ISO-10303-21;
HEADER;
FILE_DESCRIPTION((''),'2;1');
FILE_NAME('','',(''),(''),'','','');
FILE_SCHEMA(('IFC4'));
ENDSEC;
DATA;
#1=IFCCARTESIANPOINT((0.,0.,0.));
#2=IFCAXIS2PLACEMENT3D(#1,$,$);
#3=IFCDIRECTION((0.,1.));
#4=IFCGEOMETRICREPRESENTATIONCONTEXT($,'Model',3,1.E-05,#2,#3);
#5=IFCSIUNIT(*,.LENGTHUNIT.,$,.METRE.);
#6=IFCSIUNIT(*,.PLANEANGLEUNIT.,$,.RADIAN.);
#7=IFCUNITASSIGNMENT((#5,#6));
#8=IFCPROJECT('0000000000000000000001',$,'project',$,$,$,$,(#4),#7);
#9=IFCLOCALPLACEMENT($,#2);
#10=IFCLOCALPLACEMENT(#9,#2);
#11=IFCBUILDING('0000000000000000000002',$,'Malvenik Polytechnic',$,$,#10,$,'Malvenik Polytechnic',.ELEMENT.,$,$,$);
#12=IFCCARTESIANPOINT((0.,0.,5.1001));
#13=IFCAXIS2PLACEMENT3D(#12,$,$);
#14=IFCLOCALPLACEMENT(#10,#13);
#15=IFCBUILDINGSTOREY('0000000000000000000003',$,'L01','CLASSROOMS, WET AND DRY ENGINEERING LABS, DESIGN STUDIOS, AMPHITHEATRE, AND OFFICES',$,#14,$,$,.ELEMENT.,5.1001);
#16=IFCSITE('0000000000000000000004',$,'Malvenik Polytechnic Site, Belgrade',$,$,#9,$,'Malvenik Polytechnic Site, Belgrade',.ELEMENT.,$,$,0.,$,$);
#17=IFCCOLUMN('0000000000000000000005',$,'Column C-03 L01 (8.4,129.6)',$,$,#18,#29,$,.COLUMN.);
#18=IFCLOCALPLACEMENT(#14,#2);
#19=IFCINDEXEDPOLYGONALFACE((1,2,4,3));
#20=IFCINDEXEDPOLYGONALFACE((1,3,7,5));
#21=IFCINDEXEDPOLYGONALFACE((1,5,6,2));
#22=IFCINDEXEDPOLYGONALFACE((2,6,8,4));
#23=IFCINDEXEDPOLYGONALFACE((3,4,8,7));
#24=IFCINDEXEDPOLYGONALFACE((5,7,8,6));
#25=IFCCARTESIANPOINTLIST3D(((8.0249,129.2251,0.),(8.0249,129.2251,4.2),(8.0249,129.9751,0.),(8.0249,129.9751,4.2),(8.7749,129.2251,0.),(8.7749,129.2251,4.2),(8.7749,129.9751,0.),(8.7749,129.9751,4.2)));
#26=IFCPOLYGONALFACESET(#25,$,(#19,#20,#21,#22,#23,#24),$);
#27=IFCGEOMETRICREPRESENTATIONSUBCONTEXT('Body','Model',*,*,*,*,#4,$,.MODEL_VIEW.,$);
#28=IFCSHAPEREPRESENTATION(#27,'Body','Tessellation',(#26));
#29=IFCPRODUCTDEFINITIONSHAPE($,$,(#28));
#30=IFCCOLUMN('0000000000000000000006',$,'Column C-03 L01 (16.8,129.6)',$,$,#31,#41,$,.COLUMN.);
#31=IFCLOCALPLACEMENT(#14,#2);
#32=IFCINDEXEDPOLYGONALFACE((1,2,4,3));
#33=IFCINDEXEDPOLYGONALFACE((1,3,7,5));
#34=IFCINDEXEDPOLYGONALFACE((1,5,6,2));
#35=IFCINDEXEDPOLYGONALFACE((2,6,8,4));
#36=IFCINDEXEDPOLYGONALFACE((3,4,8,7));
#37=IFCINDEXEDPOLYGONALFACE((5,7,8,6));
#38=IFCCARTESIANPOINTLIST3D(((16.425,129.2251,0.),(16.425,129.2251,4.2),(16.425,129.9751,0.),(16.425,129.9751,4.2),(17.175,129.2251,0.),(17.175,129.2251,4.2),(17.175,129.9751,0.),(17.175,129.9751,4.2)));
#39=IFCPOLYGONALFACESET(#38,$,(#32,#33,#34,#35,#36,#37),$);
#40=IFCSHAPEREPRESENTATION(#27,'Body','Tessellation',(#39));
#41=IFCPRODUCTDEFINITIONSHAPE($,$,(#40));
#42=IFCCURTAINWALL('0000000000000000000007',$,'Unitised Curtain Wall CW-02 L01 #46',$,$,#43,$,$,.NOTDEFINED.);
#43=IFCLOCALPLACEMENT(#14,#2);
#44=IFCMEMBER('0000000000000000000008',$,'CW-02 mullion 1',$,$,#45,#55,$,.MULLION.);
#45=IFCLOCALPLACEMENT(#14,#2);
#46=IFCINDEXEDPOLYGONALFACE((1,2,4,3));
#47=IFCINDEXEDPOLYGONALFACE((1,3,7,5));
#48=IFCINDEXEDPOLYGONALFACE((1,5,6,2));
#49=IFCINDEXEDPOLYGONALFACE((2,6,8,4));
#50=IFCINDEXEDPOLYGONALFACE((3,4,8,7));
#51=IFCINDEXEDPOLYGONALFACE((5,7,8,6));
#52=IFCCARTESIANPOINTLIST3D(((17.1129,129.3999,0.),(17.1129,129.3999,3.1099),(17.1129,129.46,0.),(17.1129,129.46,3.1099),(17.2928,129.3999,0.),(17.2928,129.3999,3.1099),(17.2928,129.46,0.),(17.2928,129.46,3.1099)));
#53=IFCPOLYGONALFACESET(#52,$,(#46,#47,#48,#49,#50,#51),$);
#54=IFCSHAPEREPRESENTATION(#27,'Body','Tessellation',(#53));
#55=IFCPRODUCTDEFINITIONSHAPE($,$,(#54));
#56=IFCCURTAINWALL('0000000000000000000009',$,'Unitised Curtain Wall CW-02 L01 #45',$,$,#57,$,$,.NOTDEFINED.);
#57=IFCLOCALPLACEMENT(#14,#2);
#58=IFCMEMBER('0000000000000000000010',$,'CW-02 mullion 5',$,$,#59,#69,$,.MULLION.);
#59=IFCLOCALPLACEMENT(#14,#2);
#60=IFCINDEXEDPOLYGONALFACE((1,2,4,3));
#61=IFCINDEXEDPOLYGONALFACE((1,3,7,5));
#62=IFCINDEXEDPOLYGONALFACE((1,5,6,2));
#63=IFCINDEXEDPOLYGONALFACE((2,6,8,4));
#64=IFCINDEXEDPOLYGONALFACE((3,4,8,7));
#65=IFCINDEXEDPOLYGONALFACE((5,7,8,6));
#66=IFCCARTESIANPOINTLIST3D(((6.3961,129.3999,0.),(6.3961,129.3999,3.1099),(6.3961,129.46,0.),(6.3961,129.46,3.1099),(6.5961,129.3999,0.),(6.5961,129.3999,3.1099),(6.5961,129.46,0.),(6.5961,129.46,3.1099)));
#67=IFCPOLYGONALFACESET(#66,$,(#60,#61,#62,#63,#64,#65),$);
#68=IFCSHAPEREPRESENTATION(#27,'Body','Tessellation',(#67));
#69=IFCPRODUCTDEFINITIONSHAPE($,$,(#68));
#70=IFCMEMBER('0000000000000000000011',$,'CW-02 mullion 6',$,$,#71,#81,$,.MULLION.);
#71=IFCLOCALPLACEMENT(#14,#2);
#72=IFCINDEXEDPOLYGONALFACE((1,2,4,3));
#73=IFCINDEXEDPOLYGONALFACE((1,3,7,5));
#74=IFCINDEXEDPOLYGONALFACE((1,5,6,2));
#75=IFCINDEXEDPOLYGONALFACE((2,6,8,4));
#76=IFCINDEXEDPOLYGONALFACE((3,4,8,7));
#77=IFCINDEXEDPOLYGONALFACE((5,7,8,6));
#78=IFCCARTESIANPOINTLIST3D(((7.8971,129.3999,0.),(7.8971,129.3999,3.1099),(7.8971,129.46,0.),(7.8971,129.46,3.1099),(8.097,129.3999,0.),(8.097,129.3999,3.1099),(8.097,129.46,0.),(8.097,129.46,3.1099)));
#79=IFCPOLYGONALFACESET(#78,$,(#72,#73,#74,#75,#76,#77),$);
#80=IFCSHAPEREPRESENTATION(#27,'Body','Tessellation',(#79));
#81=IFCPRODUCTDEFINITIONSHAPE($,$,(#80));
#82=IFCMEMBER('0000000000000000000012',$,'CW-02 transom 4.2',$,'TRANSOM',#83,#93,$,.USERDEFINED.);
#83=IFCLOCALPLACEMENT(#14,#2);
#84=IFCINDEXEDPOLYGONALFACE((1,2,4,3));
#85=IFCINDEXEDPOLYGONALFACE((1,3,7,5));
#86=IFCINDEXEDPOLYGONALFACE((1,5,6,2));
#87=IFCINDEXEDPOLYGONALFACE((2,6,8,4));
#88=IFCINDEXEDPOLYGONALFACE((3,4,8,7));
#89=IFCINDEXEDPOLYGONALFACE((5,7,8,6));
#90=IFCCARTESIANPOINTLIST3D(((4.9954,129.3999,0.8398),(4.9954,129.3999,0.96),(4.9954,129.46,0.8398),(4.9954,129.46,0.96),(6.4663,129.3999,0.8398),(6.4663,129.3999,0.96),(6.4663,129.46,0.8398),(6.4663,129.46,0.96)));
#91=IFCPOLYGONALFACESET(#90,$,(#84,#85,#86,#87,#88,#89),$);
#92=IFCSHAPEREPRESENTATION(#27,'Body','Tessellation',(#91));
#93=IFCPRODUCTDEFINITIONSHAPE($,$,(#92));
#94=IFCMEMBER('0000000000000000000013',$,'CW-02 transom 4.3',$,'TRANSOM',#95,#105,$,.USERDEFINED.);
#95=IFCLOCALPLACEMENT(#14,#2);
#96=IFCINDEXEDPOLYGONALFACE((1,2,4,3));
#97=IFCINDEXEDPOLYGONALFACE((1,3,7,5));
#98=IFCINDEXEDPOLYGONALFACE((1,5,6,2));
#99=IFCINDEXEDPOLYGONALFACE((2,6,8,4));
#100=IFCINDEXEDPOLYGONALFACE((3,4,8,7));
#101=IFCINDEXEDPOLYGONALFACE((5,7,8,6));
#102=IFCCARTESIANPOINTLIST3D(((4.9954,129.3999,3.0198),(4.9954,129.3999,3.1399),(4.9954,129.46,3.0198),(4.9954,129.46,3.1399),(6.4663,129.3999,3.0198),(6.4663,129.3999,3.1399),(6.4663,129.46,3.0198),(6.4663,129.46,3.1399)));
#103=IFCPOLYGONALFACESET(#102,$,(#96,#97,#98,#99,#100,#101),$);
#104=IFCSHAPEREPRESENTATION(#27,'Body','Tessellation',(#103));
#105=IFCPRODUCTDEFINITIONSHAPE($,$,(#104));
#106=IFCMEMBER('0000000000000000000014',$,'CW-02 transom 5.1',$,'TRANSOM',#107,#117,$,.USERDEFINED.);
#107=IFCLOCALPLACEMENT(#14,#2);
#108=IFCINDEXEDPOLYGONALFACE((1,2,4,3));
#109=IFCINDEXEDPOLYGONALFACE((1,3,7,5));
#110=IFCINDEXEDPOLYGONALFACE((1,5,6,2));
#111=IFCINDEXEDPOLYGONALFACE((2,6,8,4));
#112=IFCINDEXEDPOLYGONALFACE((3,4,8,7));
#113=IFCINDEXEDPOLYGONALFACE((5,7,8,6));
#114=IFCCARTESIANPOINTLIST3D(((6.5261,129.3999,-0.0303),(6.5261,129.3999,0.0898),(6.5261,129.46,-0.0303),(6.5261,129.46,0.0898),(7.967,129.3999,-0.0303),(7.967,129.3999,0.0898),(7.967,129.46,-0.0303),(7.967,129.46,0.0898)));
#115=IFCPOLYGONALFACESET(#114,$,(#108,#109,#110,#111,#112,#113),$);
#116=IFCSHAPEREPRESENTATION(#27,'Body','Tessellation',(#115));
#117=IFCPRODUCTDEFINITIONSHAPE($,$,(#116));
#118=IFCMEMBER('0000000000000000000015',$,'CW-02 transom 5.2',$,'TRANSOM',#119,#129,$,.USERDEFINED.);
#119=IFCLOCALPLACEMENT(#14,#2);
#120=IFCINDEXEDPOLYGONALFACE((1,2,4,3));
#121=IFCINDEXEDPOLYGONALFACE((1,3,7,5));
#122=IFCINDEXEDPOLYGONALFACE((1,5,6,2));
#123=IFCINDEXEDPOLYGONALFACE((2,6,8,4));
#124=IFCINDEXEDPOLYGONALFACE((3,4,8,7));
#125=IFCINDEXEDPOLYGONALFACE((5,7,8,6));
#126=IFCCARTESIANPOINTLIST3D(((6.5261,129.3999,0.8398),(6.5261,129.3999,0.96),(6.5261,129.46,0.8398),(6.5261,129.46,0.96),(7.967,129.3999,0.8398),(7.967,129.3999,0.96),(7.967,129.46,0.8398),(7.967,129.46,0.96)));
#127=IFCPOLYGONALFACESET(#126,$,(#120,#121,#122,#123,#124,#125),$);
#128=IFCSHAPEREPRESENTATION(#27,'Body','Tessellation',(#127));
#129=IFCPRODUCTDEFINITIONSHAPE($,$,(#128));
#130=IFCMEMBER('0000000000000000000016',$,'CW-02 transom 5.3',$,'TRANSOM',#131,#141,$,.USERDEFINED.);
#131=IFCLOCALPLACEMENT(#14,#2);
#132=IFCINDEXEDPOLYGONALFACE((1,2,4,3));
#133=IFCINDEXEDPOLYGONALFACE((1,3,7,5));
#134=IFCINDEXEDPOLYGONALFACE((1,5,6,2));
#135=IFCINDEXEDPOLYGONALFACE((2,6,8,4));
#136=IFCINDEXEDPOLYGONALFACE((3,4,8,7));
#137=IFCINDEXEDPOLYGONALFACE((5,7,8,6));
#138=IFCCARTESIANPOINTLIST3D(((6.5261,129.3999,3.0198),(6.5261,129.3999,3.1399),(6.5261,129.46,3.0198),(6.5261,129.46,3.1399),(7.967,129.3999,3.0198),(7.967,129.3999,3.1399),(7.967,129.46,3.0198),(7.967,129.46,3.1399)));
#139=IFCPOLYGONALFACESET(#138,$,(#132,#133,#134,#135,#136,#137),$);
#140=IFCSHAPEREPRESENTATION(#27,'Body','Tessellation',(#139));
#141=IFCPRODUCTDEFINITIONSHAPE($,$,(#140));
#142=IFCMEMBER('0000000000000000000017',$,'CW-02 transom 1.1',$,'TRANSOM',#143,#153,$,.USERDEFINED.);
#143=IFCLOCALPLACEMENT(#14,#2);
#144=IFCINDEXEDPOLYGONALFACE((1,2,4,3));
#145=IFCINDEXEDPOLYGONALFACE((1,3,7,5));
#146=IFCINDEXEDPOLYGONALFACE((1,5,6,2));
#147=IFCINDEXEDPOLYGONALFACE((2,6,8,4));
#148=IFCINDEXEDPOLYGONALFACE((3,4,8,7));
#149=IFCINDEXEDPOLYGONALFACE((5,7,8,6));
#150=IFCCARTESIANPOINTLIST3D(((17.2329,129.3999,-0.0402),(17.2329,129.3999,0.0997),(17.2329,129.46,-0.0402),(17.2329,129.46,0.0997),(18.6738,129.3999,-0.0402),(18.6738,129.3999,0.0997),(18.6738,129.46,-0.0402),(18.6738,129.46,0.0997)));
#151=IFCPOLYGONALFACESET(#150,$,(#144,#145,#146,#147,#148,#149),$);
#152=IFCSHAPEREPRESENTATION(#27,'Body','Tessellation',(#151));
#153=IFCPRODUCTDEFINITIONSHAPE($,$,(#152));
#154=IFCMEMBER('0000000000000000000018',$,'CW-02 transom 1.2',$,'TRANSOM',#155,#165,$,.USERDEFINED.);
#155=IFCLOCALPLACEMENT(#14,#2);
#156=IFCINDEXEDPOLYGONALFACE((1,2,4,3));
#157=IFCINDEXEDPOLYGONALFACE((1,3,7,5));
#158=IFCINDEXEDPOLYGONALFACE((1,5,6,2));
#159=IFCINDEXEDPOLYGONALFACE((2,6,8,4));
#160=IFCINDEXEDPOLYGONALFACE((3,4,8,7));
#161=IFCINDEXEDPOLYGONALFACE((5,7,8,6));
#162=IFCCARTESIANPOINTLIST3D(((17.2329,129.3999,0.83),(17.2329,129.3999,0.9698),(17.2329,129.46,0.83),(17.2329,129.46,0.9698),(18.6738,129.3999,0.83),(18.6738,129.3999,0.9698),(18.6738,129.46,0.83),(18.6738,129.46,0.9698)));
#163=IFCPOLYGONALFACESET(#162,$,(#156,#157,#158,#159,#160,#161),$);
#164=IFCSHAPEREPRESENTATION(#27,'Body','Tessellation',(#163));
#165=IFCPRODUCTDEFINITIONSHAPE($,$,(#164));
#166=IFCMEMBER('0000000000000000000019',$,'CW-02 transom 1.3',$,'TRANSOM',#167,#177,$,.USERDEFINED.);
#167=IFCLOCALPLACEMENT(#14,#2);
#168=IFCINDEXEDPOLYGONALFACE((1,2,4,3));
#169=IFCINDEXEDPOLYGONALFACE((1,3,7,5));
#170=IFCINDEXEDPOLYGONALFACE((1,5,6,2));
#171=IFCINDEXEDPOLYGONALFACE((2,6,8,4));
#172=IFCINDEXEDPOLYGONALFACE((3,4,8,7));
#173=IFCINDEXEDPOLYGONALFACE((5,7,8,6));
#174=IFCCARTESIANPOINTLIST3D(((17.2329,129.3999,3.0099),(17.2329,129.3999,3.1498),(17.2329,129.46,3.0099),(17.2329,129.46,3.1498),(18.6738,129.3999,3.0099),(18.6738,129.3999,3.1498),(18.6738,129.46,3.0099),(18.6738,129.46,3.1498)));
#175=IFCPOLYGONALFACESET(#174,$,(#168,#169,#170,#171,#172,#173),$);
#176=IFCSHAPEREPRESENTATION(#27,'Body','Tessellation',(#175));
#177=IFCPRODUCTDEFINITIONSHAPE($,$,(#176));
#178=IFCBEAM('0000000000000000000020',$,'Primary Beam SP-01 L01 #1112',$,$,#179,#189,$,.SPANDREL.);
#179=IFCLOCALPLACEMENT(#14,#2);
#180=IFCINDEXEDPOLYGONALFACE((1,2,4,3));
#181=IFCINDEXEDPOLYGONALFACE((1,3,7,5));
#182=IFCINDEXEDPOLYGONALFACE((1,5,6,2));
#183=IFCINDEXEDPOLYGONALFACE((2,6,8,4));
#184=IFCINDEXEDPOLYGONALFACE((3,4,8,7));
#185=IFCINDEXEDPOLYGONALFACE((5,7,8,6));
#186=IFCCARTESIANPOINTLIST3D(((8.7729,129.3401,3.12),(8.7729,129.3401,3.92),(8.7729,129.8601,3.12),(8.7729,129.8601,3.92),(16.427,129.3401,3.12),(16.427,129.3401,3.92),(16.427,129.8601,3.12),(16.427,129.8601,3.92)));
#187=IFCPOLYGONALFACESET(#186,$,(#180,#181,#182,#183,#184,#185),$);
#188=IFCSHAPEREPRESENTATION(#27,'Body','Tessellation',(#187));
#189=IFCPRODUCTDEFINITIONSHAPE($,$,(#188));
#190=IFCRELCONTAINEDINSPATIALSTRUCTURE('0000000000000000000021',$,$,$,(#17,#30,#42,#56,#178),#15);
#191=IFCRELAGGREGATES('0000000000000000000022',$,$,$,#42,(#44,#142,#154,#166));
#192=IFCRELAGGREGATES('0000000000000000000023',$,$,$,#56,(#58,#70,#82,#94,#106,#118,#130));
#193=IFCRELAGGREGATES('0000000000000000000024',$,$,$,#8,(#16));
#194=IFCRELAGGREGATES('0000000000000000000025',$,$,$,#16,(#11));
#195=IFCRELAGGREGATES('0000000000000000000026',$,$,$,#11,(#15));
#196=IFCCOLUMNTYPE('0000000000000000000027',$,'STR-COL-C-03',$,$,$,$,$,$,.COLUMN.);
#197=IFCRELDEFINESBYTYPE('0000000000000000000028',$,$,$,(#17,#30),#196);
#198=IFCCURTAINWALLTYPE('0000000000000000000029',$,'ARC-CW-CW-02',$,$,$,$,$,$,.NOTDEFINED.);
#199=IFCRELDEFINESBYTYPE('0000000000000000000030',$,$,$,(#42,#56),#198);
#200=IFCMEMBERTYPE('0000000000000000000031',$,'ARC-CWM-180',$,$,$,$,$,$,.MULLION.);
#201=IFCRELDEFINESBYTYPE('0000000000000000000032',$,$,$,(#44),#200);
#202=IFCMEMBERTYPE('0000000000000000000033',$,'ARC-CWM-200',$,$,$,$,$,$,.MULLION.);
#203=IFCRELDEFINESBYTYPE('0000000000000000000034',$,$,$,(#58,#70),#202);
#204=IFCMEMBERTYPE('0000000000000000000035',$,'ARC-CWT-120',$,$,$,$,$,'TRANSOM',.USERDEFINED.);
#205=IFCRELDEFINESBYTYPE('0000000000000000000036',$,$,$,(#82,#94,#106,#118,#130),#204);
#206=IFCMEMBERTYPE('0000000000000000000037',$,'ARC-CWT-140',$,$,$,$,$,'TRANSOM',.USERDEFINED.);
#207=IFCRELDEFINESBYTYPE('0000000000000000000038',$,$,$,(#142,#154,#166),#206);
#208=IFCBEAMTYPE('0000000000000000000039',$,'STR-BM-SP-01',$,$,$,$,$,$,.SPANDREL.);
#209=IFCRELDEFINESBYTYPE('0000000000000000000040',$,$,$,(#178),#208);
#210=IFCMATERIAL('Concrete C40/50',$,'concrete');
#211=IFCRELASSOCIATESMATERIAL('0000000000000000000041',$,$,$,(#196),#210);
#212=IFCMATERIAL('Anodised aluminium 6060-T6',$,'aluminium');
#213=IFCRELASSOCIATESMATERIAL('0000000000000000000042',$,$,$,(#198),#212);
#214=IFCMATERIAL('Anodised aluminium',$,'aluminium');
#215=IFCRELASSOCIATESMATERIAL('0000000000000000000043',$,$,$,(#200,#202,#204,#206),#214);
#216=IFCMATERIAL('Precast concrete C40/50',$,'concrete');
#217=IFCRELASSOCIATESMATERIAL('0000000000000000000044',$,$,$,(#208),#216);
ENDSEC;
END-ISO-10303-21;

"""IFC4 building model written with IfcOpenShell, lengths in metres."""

from ifc_helpers import new_model, si_unit, direction, frame, origin, origin_2d, place, context, subcontext, project, spatial, rectangle, extrude, material, material_profile, profile_set, type_object, element, aggregate, save


model = new_model("IFC4")

# Units and contexts
model_context = context("Model", 3, precision=1e-05, world=origin(), true_north=direction((0.0, 1.0)))
body_context = subcontext(model_context, "Body", "Model", "MODEL_VIEW")
ifc_project = project(units=[si_unit("LENGTHUNIT", "METRE"), si_unit("PLANEANGLEUNIT", "RADIAN")], contexts=[model_context])

# Site, building, storey
site_placement = place(None, origin())
site = spatial("IfcSite", under=ifc_project, at=site_placement, Name="Malvenik Polytechnic Site, Belgrade", LongName="Malvenik Polytechnic Site, Belgrade", CompositionType="ELEMENT", RefElevation=0.0)
building_placement = place(site_placement, origin())
building = spatial("IfcBuilding", under=site, at=building_placement, Name="Malvenik Polytechnic", LongName="Malvenik Polytechnic", CompositionType="ELEMENT")
storey_placement = place(building_placement, frame((0.0, 0.0, 5.1001)))
storey = spatial("IfcBuildingStorey", under=building, at=storey_placement, Name="L01", Description="CLASSROOMS, WET AND DRY ENGINEERING LABS, DESIGN STUDIOS, AMPHITHEATRE, AND OFFICES", CompositionType="ELEMENT", Elevation=5.1001)

# Columns
ifc_material_1 = material(Name="Concrete C40/50", Category="concrete")
ifc_material_profile_1 = material_profile(ifc_material_1, rectangle(XDim=0.75, YDim=0.75, at=origin_2d()), Name="RC COL 750x750")
ifc_profile_set_1 = profile_set([ifc_material_profile_1], Name="Concrete C40/50")
column_type = type_object("IfcColumnType", Name="STR-COL-C-03", PredefinedType="COLUMN", material=ifc_profile_set_1)
for number, where, z_axis, x_axis, name in (
    (1, (8.3999, 129.6001, 0.0), (0.0, 0.0, 1.0), (1.0, 0.0, 0.0), "Column C-03 L01 (8.4,129.6)"),
    (2, (16.8, 129.6001, 0.0), (0.0, 0.0, 1.0), (1.0, 0.0, 0.0), "Column C-03 L01 (16.8,129.6)"),
):
    element("IfcColumn", number, at=place(storey_placement, frame(where, z_axis=z_axis, x_axis=x_axis)), inside=storey, type_object=column_type, Name=name, PredefinedType="COLUMN", context=body_context, shape_type="SweptSolid", body=[
        extrude(rectangle(XDim=0.75, YDim=0.75, at=origin_2d()), origin(), (0.0, 0.0, 1.0), 4.2),
    ])

# Curtain wall, member
ifc_material_2 = material(Name="Anodised aluminium 6060-T6", Category="aluminium")
curtain_wall_type = type_object("IfcCurtainWallType", Name="ARC-CW-CW-02", PredefinedType="NOTDEFINED", material=ifc_material_2)
curtain_wall_1_placement = place(storey_placement, origin())
curtain_wall_1 = element("IfcCurtainWall", 3, at=curtain_wall_1_placement, inside=storey, type_object=curtain_wall_type, Name="Unitised Curtain Wall CW-02 L01 #46", PredefinedType="NOTDEFINED")
ifc_material_3 = material(Name="Anodised aluminium", Category="aluminium")
ifc_material_profile_2 = material_profile(ifc_material_3, rectangle(XDim=0.0601, YDim=0.1799, at=origin_2d()), Name="ALU MULLION 60x180")
ifc_profile_set_2 = profile_set([ifc_material_profile_2], Name="Anodised aluminium")
member_type_1 = type_object("IfcMemberType", Name="ARC-CWM-180", PredefinedType="MULLION", material=ifc_profile_set_2)
member_1_placement = place(storey_placement, frame((17.2029, 129.4299, 0.0), z_axis=(0.0, 0.0, 1.0), x_axis=(0.0, 1.0, 0.0)))
member_1 = element("IfcMember", 4, at=member_1_placement, type_object=member_type_1, Name="CW-02 mullion 1", PredefinedType="MULLION", context=body_context, shape_type="SweptSolid", body=[
    extrude(rectangle(XDim=0.0601, YDim=0.1799, at=origin_2d()), origin(), (0.0, 0.0, 1.0), 3.1099),
])

# Curtain wall, members
curtain_wall_2_placement = place(storey_placement, origin())
curtain_wall_2 = element("IfcCurtainWall", 5, at=curtain_wall_2_placement, inside=storey, type_object=curtain_wall_type, Name="Unitised Curtain Wall CW-02 L01 #45", PredefinedType="NOTDEFINED")
ifc_material_profile_3 = material_profile(ifc_material_3, rectangle(XDim=0.0601, YDim=0.2, at=origin_2d()), Name="ALU MULLION 60x200")
ifc_profile_set_3 = profile_set([ifc_material_profile_3], Name="Anodised aluminium")
member_type_2 = type_object("IfcMemberType", Name="ARC-CWM-200", PredefinedType="MULLION", material=ifc_profile_set_3)
member_2_placement = place(storey_placement, frame((6.4961, 129.4299, 0.0), z_axis=(0.0, 0.0, 1.0), x_axis=(0.0, 1.0, 0.0)))
member_2 = element("IfcMember", 6, at=member_2_placement, type_object=member_type_2, Name="CW-02 mullion 5", PredefinedType="MULLION", context=body_context, shape_type="SweptSolid", body=[
    extrude(rectangle(XDim=0.0601, YDim=0.2, at=origin_2d()), origin(), (0.0, 0.0, 1.0), 3.1099),
])
member_3_placement = place(storey_placement, frame((7.9971, 129.4299, 0.0), z_axis=(0.0, 0.0, 1.0), x_axis=(0.0, 1.0, 0.0)))
member_3 = element("IfcMember", 7, at=member_3_placement, type_object=member_type_2, Name="CW-02 mullion 6", PredefinedType="MULLION", context=body_context, shape_type="SweptSolid", body=[
    extrude(rectangle(XDim=0.0601, YDim=0.2, at=origin_2d()), origin(), (0.0, 0.0, 1.0), 3.1099),
])
ifc_material_profile_4 = material_profile(ifc_material_3, rectangle(XDim=0.0601, YDim=0.1201, at=origin_2d()), Name="ALU TRANSOM 60x120")
ifc_profile_set_4 = profile_set([ifc_material_profile_4], Name="Anodised aluminium")
member_type_3 = type_object("IfcMemberType", Name="ARC-CWT-120", ElementType="TRANSOM", PredefinedType="USERDEFINED", material=ifc_profile_set_4)
member_4_placement = place(storey_placement, frame((4.9954, 129.4299, 0.8999), z_axis=(1.0, 0.0, 0.0), x_axis=(0.0, 1.0, 0.0)))
member_4 = element("IfcMember", 8, at=member_4_placement, type_object=member_type_3, Name="CW-02 transom 4.2", ObjectType="TRANSOM", PredefinedType="USERDEFINED", context=body_context, shape_type="SweptSolid", body=[
    extrude(rectangle(XDim=0.0601, YDim=0.1201, at=origin_2d()), origin(), (0.0, 0.0, 1.0), 1.4709),
])
member_5_placement = place(storey_placement, frame((4.9954, 129.4299, 3.0798), z_axis=(1.0, 0.0, 0.0), x_axis=(0.0, 1.0, 0.0)))
member_5 = element("IfcMember", 9, at=member_5_placement, type_object=member_type_3, Name="CW-02 transom 4.3", ObjectType="TRANSOM", PredefinedType="USERDEFINED", context=body_context, shape_type="SweptSolid", body=[
    extrude(rectangle(XDim=0.0601, YDim=0.1201, at=origin_2d()), origin(), (0.0, 0.0, 1.0), 1.4709),
])
member_6_placement = place(storey_placement, frame((6.5261, 129.4299, 0.0298), z_axis=(1.0, 0.0, 0.0), x_axis=(0.0, 1.0, 0.0)))
member_6 = element("IfcMember", 10, at=member_6_placement, type_object=member_type_3, Name="CW-02 transom 5.1", ObjectType="TRANSOM", PredefinedType="USERDEFINED", context=body_context, shape_type="SweptSolid", body=[
    extrude(rectangle(XDim=0.0601, YDim=0.1201, at=origin_2d()), origin(), (0.0, 0.0, 1.0), 1.4409),
])
member_7_placement = place(storey_placement, frame((6.5261, 129.4299, 0.8999), z_axis=(1.0, 0.0, 0.0), x_axis=(0.0, 1.0, 0.0)))
member_7 = element("IfcMember", 11, at=member_7_placement, type_object=member_type_3, Name="CW-02 transom 5.2", ObjectType="TRANSOM", PredefinedType="USERDEFINED", context=body_context, shape_type="SweptSolid", body=[
    extrude(rectangle(XDim=0.0601, YDim=0.1201, at=origin_2d()), origin(), (0.0, 0.0, 1.0), 1.4409),
])
member_8_placement = place(storey_placement, frame((6.5261, 129.4299, 3.0798), z_axis=(1.0, 0.0, 0.0), x_axis=(0.0, 1.0, 0.0)))
member_8 = element("IfcMember", 12, at=member_8_placement, type_object=member_type_3, Name="CW-02 transom 5.3", ObjectType="TRANSOM", PredefinedType="USERDEFINED", context=body_context, shape_type="SweptSolid", body=[
    extrude(rectangle(XDim=0.0601, YDim=0.1201, at=origin_2d()), origin(), (0.0, 0.0, 1.0), 1.4409),
])

# Members
ifc_material_profile_5 = material_profile(ifc_material_3, rectangle(XDim=0.0601, YDim=0.1399, at=origin_2d()), Name="ALU TRANSOM 60x140")
ifc_profile_set_5 = profile_set([ifc_material_profile_5], Name="Anodised aluminium")
member_type_4 = type_object("IfcMemberType", Name="ARC-CWT-140", ElementType="TRANSOM", PredefinedType="USERDEFINED", material=ifc_profile_set_5)
member_9_placement = place(storey_placement, frame((17.2329, 129.4299, 0.0298), z_axis=(1.0, 0.0, 0.0), x_axis=(0.0, 1.0, 0.0)))
member_9 = element("IfcMember", 13, at=member_9_placement, type_object=member_type_4, Name="CW-02 transom 1.1", ObjectType="TRANSOM", PredefinedType="USERDEFINED", context=body_context, shape_type="SweptSolid", body=[
    extrude(rectangle(XDim=0.0601, YDim=0.1399, at=origin_2d()), origin(), (0.0, 0.0, 1.0), 1.4409),
])
member_10_placement = place(storey_placement, frame((17.2329, 129.4299, 0.8999), z_axis=(1.0, 0.0, 0.0), x_axis=(0.0, 1.0, 0.0)))
member_10 = element("IfcMember", 14, at=member_10_placement, type_object=member_type_4, Name="CW-02 transom 1.2", ObjectType="TRANSOM", PredefinedType="USERDEFINED", context=body_context, shape_type="SweptSolid", body=[
    extrude(rectangle(XDim=0.0601, YDim=0.1399, at=origin_2d()), origin(), (0.0, 0.0, 1.0), 1.4409),
])
member_11_placement = place(storey_placement, frame((17.2329, 129.4299, 3.0798), z_axis=(1.0, 0.0, 0.0), x_axis=(0.0, 1.0, 0.0)))
member_11 = element("IfcMember", 15, at=member_11_placement, type_object=member_type_4, Name="CW-02 transom 1.3", ObjectType="TRANSOM", PredefinedType="USERDEFINED", context=body_context, shape_type="SweptSolid", body=[
    extrude(rectangle(XDim=0.0601, YDim=0.1399, at=origin_2d()), origin(), (0.0, 0.0, 1.0), 1.4409),
])
aggregate(curtain_wall_1, [member_1, member_9, member_10, member_11])

# Beam
ifc_material_4 = material(Name="Precast concrete C40/50", Category="concrete")
ifc_material_profile_6 = material_profile(ifc_material_4, rectangle(XDim=0.52, YDim=0.8, at=origin_2d()), Name="PC SPN 520x800")
ifc_profile_set_6 = profile_set([ifc_material_profile_6], Name="Precast concrete C40/50")
beam_type = type_object("IfcBeamType", Name="STR-BM-SP-01", PredefinedType="SPANDREL", material=ifc_profile_set_6)
beam_1_placement = place(storey_placement, frame((8.7729, 129.6001, 3.52), z_axis=(1.0, 0.0, 0.0), x_axis=(0.0, 1.0, 0.0)))
element("IfcBeam", 16, at=beam_1_placement, inside=storey, type_object=beam_type, Name="Primary Beam SP-01 L01 #1112", PredefinedType="SPANDREL", context=body_context, shape_type="SweptSolid", body=[
    extrude(rectangle(XDim=0.52, YDim=0.8, at=origin_2d()), origin(), (0.0, 0.0, 1.0), 7.6541),
])

aggregate(curtain_wall_2, [member_2, member_3, member_4, member_5, member_6, member_7, member_8])

save(model, "model.ifc")
